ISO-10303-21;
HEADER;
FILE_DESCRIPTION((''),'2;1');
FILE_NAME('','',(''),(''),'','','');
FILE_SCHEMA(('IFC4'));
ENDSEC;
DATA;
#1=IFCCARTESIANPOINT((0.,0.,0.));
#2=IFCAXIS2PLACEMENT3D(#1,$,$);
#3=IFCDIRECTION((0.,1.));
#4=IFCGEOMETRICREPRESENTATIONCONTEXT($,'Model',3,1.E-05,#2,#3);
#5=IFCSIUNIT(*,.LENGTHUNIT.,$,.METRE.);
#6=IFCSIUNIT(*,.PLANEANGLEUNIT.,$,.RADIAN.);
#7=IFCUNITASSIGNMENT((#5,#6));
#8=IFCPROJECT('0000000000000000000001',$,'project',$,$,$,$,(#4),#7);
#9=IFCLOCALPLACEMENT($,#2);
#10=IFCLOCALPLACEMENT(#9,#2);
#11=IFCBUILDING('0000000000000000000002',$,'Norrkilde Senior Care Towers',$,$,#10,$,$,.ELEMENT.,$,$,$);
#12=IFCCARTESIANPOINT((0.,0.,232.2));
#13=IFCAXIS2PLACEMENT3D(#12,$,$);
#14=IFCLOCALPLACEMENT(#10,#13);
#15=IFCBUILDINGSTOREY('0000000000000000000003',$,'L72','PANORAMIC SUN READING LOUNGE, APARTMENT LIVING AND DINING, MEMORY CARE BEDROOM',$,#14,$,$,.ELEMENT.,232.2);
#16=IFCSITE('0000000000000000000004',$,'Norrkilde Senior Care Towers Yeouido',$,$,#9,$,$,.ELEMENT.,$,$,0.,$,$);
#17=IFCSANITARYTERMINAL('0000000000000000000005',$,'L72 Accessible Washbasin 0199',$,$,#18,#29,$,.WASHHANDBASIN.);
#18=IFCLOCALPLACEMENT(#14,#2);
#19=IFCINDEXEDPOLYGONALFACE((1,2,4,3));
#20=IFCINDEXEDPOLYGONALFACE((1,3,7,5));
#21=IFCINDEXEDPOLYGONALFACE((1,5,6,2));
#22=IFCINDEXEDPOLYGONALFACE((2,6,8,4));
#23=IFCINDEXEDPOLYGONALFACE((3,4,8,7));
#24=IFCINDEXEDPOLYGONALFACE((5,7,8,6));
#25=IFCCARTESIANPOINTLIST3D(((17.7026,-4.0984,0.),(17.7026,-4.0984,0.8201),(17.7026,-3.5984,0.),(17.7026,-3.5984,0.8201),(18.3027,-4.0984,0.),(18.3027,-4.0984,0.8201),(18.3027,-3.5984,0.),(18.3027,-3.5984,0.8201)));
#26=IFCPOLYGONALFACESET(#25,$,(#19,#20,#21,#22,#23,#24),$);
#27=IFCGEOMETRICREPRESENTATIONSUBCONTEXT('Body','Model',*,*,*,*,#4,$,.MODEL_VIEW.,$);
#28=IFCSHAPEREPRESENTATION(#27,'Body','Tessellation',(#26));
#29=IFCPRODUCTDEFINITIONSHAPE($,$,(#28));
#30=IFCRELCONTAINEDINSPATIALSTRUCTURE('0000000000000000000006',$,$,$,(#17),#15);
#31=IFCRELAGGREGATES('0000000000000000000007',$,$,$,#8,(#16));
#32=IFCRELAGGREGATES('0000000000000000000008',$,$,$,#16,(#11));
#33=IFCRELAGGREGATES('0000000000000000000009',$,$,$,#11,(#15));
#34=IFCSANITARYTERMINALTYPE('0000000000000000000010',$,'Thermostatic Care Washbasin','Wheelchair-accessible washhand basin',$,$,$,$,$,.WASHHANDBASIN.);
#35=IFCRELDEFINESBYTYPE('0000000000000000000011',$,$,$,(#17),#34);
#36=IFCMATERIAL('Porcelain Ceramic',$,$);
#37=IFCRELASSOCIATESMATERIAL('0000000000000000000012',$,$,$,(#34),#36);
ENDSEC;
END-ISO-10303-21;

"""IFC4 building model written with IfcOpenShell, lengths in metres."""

from ifc_helpers import new_model, si_unit, direction, frame, origin, origin_2d, place, context, subcontext, project, spatial, rectangle, extrude, source, transform, mapped, material, type_object, type_shapes, element, save


model = new_model("IFC4")

# Units and contexts
model_context = context("Model", 3, precision=1e-05, world=origin(), true_north=direction((0.0, 1.0)))
body_context = subcontext(model_context, "Body", "Model", "MODEL_VIEW")
ifc_project = project(units=[si_unit("LENGTHUNIT", "METRE"), si_unit("PLANEANGLEUNIT", "RADIAN")], contexts=[model_context])

# Site, building, storey
site_placement = place(None, origin())
site = spatial("IfcSite", under=ifc_project, at=site_placement, Name="Norrkilde Senior Care Towers Yeouido", CompositionType="ELEMENT", RefElevation=0.0)
building_placement = place(site_placement, origin())
building = spatial("IfcBuilding", under=site, at=building_placement, Name="Norrkilde Senior Care Towers", CompositionType="ELEMENT")
storey_placement = place(building_placement, frame((0.0, 0.0, 232.2)))
storey = spatial("IfcBuildingStorey", under=building, at=storey_placement, Name="L72", Description="PANORAMIC SUN READING LOUNGE, APARTMENT LIVING AND DINING, MEMORY CARE BEDROOM", CompositionType="ELEMENT", Elevation=232.2)

# Sanitary terminal
ifc_material_1 = material(Name="Porcelain Ceramic")
sanitary_terminal_type_1 = type_object("IfcSanitaryTerminalType", Name="Thermostatic Care Washbasin", Description="Wheelchair-accessible washhand basin", PredefinedType="WASHHANDBASIN", material=ifc_material_1)
shared_shape_1 = source(origin(), body_context, "Body", "SweptSolid", [
    extrude(rectangle(XDim=0.6001, YDim=0.5, at=origin_2d()), origin(), (0.0, 0.0, 1.0), 0.8201),
])
type_shapes(sanitary_terminal_type_1, [shared_shape_1])
sanitary_terminal_1_placement = place(storey_placement, frame((18.0027, -3.8484, 0.0), z_axis=(0.0, 0.0, 1.0), x_axis=(1.0, 0.0, 0.0)))
element("IfcSanitaryTerminal", 1, at=sanitary_terminal_1_placement, inside=storey, type_object=sanitary_terminal_type_1, Name="L72 Accessible Washbasin 0199", PredefinedType="WASHHANDBASIN", context=body_context, shape_type="MappedRepresentation", body=[
    mapped(shared_shape_1, transform((0.0, 0.0, 0.0), x_axis=(1.0, 0.0, 0.0), y_axis=(0.0, 1.0, 0.0), z_axis=(0.0, 0.0, 1.0), scale=1.0)),
])

save(model, "model.ifc")
